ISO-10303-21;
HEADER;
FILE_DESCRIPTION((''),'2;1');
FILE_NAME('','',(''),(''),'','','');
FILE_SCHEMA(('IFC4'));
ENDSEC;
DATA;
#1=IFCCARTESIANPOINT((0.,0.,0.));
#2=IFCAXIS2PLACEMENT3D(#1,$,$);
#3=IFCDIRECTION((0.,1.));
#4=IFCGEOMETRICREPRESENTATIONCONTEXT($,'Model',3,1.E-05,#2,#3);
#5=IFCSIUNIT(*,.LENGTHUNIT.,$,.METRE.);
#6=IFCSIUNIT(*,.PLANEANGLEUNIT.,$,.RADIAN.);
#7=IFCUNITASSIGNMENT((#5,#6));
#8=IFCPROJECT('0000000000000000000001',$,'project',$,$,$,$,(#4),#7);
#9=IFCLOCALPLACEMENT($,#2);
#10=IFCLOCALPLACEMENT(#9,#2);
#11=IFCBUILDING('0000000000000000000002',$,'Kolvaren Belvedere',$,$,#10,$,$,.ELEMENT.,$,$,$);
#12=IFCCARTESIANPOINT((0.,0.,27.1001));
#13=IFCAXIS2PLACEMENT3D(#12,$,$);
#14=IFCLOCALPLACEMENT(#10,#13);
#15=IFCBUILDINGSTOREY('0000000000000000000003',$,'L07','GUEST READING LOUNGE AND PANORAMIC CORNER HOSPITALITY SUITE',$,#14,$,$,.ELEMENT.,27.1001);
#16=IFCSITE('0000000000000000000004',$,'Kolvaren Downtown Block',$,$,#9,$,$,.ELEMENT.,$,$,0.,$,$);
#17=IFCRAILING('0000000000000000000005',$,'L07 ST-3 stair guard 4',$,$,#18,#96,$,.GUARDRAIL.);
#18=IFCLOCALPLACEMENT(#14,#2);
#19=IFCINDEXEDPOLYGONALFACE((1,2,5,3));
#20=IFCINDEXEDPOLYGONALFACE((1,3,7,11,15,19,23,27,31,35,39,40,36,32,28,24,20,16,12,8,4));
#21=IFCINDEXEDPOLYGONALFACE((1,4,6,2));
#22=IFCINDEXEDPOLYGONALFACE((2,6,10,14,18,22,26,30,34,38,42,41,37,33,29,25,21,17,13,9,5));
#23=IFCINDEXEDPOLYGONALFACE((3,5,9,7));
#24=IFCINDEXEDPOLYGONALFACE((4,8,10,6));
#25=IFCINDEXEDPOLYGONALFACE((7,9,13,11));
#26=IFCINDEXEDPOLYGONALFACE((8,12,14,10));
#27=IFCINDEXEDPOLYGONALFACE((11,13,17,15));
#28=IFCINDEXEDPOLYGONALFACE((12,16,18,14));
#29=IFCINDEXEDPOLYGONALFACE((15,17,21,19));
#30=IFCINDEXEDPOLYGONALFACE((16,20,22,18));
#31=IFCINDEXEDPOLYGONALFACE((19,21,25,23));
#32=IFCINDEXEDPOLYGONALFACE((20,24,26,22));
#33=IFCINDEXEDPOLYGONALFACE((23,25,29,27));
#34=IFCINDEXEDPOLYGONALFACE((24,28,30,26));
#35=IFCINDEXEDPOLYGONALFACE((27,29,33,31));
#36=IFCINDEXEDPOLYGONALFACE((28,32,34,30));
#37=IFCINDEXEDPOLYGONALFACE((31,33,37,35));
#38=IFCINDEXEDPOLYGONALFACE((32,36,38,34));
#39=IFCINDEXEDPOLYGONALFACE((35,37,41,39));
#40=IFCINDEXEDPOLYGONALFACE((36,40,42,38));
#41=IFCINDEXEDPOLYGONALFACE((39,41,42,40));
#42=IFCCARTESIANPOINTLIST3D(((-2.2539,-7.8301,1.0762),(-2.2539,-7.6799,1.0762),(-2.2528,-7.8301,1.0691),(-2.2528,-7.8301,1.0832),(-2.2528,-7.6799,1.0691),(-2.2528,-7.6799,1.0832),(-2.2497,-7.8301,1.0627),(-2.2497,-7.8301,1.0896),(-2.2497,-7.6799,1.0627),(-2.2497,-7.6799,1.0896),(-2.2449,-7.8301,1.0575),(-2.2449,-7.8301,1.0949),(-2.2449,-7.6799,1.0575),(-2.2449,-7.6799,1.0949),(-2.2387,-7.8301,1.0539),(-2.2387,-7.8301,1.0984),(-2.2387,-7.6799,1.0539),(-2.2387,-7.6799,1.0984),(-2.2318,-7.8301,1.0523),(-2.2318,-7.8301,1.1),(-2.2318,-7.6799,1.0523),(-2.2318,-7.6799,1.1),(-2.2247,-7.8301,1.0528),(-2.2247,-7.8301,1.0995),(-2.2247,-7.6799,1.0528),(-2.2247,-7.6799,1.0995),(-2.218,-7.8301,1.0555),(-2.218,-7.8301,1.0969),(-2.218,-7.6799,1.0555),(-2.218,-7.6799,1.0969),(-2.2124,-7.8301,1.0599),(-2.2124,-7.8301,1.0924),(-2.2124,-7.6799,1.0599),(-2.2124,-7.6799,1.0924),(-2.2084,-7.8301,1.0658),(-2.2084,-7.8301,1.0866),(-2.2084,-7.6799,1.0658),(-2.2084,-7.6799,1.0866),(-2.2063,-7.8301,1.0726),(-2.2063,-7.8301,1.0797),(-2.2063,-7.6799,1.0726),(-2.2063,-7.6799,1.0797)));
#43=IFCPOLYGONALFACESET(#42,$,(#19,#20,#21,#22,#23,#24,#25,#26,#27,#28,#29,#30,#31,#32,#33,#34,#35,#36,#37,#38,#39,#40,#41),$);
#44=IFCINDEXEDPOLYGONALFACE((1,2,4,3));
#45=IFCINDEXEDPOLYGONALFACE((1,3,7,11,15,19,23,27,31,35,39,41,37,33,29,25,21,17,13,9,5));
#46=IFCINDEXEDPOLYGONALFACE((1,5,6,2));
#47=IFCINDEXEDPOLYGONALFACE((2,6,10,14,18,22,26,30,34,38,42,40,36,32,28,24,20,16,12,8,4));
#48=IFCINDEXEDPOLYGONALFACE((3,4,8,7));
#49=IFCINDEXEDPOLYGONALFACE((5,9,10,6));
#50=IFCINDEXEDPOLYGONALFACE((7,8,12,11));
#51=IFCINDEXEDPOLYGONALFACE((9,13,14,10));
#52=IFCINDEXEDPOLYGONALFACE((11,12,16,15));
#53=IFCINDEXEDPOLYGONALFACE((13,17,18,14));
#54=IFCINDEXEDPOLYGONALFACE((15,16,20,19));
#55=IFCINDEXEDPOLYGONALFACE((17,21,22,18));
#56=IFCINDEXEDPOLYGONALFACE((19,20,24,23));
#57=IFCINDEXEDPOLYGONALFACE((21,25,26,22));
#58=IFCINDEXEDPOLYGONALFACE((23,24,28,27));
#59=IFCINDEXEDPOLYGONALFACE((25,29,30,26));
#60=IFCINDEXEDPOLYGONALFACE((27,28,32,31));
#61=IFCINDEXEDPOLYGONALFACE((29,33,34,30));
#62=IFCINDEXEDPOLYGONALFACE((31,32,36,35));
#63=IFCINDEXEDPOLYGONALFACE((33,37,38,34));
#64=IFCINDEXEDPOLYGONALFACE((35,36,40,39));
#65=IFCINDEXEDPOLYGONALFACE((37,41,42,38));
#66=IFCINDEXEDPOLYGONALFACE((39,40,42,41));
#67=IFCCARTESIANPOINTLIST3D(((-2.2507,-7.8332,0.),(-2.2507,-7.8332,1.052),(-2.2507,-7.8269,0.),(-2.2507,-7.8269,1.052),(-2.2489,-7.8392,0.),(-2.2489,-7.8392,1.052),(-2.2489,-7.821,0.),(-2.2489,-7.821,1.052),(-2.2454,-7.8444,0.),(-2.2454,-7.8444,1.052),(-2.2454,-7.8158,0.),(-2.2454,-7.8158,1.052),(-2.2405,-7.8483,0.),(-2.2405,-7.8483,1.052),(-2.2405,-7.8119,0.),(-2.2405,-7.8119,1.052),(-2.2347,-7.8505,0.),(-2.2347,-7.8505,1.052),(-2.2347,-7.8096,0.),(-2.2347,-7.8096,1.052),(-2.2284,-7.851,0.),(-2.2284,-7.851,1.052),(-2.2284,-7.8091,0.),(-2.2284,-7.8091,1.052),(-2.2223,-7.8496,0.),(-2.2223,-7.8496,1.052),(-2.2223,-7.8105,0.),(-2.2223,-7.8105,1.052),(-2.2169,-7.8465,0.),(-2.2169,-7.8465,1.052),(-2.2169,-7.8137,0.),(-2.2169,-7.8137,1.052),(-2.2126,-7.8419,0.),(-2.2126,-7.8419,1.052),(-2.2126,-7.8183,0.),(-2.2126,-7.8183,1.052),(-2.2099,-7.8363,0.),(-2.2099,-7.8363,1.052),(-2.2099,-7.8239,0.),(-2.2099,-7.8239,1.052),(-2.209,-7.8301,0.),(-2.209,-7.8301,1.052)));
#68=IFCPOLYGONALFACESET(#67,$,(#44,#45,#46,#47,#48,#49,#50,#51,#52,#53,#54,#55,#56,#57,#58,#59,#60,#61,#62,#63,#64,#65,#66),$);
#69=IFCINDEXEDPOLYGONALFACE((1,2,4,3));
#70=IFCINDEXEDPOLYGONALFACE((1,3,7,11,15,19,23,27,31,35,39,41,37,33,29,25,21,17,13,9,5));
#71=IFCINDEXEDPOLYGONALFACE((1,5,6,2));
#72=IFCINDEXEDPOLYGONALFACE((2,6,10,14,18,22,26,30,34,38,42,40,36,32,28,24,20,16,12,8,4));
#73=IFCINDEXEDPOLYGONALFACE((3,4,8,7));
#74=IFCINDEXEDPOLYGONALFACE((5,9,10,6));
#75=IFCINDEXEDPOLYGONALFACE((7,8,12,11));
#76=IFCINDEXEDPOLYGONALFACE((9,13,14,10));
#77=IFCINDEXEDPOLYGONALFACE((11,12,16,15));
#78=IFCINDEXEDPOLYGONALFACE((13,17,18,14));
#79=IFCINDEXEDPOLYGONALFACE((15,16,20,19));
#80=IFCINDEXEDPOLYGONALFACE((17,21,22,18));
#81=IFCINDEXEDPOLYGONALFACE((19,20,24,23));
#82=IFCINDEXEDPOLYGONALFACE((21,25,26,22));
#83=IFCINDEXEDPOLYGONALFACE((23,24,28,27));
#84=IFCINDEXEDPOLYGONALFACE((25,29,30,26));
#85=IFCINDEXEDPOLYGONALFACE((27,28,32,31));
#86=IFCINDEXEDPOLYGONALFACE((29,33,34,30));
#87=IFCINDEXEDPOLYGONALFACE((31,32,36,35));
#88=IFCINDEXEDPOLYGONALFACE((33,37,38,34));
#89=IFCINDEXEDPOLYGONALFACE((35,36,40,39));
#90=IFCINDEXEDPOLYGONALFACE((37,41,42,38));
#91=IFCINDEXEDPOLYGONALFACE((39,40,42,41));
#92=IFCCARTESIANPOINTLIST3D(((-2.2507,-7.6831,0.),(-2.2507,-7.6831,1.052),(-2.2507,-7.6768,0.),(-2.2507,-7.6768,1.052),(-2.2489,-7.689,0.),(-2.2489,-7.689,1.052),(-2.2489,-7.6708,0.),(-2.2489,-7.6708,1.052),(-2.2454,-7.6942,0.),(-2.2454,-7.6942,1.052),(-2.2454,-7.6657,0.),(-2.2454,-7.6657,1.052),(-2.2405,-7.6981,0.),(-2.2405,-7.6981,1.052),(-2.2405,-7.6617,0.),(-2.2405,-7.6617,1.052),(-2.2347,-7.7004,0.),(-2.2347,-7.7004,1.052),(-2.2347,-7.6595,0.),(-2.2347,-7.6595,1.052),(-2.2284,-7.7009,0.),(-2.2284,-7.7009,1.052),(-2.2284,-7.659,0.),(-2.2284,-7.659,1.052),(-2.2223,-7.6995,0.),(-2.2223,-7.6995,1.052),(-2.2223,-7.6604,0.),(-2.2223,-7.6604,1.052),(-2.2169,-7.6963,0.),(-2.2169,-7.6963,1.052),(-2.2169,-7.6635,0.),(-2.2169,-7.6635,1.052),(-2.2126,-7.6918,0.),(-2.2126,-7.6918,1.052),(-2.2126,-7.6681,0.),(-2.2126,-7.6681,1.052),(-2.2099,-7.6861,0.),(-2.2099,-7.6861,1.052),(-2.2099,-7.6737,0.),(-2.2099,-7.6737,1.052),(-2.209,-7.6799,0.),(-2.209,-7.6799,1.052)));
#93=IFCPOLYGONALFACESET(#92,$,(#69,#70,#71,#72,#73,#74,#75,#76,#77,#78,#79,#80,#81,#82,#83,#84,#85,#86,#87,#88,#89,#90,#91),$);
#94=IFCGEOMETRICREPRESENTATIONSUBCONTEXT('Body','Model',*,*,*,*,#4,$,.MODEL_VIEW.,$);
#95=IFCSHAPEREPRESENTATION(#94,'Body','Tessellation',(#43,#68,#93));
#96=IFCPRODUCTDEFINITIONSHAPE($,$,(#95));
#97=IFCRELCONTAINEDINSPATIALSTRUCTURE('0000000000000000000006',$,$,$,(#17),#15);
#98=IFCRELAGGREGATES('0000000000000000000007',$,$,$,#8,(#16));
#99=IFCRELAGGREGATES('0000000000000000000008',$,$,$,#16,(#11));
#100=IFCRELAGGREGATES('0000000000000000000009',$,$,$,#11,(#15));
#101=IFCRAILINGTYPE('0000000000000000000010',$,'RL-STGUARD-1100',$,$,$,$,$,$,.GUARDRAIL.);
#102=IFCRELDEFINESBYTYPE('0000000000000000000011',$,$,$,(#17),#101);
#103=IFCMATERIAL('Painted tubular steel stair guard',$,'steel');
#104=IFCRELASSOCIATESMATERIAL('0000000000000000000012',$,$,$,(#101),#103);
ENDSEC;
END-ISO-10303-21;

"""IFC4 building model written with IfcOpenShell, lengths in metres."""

from ifc_helpers import new_model, si_unit, direction, frame, origin, origin_2d, place, context, subcontext, project, spatial, circle, extrude, material, type_object, element, save


model = new_model("IFC4")

# Units and contexts
model_context = context("Model", 3, precision=1e-05, world=origin(), true_north=direction((0.0, 1.0)))
body_context = subcontext(model_context, "Body", "Model", "MODEL_VIEW")
ifc_project = project(units=[si_unit("LENGTHUNIT", "METRE"), si_unit("PLANEANGLEUNIT", "RADIAN")], contexts=[model_context])

# Site, building, storey
site_placement = place(None, origin())
site = spatial("IfcSite", under=ifc_project, at=site_placement, Name="Kolvaren Downtown Block", CompositionType="ELEMENT", RefElevation=0.0)
building_placement = place(site_placement, origin())
building = spatial("IfcBuilding", under=site, at=building_placement, Name="Kolvaren Belvedere", CompositionType="ELEMENT")
storey_placement = place(building_placement, frame((0.0, 0.0, 27.1001)))
storey = spatial("IfcBuildingStorey", under=building, at=storey_placement, Name="L07", Description="GUEST READING LOUNGE AND PANORAMIC CORNER HOSPITALITY SUITE", CompositionType="ELEMENT", Elevation=27.1001)

# Railing
ifc_material_1 = material(Name="Painted tubular steel stair guard", Category="steel")
railing_type_1 = type_object("IfcRailingType", Name="RL-STGUARD-1100", PredefinedType="GUARDRAIL", material=ifc_material_1)
railing_1_placement = place(storey_placement, frame((-2.23, -7.8301, 0.0)))
element("IfcRailing", 1, at=railing_1_placement, inside=storey, type_object=railing_type_1, Name="L07 ST-3 stair guard 4", PredefinedType="GUARDRAIL", context=body_context, shape_type="SweptSolid", body=[
    extrude(circle(Radius=0.0239, at=origin_2d()), frame((0.0, 0.0, 1.0762), z_axis=(0.0, 1.0, 0.0), x_axis=(-1.0, 0.0, 0.0)), (0.0, 0.0, 1.0), 0.1501),
    extrude(circle(Radius=0.021, at=origin_2d()), origin(), (0.0, 0.0, 1.0), 1.052),
    extrude(circle(Radius=0.021, at=origin_2d()), frame((0.0, 0.1501, 0.0)), (0.0, 0.0, 1.0), 1.052),
])

save(model, "model.ifc")
